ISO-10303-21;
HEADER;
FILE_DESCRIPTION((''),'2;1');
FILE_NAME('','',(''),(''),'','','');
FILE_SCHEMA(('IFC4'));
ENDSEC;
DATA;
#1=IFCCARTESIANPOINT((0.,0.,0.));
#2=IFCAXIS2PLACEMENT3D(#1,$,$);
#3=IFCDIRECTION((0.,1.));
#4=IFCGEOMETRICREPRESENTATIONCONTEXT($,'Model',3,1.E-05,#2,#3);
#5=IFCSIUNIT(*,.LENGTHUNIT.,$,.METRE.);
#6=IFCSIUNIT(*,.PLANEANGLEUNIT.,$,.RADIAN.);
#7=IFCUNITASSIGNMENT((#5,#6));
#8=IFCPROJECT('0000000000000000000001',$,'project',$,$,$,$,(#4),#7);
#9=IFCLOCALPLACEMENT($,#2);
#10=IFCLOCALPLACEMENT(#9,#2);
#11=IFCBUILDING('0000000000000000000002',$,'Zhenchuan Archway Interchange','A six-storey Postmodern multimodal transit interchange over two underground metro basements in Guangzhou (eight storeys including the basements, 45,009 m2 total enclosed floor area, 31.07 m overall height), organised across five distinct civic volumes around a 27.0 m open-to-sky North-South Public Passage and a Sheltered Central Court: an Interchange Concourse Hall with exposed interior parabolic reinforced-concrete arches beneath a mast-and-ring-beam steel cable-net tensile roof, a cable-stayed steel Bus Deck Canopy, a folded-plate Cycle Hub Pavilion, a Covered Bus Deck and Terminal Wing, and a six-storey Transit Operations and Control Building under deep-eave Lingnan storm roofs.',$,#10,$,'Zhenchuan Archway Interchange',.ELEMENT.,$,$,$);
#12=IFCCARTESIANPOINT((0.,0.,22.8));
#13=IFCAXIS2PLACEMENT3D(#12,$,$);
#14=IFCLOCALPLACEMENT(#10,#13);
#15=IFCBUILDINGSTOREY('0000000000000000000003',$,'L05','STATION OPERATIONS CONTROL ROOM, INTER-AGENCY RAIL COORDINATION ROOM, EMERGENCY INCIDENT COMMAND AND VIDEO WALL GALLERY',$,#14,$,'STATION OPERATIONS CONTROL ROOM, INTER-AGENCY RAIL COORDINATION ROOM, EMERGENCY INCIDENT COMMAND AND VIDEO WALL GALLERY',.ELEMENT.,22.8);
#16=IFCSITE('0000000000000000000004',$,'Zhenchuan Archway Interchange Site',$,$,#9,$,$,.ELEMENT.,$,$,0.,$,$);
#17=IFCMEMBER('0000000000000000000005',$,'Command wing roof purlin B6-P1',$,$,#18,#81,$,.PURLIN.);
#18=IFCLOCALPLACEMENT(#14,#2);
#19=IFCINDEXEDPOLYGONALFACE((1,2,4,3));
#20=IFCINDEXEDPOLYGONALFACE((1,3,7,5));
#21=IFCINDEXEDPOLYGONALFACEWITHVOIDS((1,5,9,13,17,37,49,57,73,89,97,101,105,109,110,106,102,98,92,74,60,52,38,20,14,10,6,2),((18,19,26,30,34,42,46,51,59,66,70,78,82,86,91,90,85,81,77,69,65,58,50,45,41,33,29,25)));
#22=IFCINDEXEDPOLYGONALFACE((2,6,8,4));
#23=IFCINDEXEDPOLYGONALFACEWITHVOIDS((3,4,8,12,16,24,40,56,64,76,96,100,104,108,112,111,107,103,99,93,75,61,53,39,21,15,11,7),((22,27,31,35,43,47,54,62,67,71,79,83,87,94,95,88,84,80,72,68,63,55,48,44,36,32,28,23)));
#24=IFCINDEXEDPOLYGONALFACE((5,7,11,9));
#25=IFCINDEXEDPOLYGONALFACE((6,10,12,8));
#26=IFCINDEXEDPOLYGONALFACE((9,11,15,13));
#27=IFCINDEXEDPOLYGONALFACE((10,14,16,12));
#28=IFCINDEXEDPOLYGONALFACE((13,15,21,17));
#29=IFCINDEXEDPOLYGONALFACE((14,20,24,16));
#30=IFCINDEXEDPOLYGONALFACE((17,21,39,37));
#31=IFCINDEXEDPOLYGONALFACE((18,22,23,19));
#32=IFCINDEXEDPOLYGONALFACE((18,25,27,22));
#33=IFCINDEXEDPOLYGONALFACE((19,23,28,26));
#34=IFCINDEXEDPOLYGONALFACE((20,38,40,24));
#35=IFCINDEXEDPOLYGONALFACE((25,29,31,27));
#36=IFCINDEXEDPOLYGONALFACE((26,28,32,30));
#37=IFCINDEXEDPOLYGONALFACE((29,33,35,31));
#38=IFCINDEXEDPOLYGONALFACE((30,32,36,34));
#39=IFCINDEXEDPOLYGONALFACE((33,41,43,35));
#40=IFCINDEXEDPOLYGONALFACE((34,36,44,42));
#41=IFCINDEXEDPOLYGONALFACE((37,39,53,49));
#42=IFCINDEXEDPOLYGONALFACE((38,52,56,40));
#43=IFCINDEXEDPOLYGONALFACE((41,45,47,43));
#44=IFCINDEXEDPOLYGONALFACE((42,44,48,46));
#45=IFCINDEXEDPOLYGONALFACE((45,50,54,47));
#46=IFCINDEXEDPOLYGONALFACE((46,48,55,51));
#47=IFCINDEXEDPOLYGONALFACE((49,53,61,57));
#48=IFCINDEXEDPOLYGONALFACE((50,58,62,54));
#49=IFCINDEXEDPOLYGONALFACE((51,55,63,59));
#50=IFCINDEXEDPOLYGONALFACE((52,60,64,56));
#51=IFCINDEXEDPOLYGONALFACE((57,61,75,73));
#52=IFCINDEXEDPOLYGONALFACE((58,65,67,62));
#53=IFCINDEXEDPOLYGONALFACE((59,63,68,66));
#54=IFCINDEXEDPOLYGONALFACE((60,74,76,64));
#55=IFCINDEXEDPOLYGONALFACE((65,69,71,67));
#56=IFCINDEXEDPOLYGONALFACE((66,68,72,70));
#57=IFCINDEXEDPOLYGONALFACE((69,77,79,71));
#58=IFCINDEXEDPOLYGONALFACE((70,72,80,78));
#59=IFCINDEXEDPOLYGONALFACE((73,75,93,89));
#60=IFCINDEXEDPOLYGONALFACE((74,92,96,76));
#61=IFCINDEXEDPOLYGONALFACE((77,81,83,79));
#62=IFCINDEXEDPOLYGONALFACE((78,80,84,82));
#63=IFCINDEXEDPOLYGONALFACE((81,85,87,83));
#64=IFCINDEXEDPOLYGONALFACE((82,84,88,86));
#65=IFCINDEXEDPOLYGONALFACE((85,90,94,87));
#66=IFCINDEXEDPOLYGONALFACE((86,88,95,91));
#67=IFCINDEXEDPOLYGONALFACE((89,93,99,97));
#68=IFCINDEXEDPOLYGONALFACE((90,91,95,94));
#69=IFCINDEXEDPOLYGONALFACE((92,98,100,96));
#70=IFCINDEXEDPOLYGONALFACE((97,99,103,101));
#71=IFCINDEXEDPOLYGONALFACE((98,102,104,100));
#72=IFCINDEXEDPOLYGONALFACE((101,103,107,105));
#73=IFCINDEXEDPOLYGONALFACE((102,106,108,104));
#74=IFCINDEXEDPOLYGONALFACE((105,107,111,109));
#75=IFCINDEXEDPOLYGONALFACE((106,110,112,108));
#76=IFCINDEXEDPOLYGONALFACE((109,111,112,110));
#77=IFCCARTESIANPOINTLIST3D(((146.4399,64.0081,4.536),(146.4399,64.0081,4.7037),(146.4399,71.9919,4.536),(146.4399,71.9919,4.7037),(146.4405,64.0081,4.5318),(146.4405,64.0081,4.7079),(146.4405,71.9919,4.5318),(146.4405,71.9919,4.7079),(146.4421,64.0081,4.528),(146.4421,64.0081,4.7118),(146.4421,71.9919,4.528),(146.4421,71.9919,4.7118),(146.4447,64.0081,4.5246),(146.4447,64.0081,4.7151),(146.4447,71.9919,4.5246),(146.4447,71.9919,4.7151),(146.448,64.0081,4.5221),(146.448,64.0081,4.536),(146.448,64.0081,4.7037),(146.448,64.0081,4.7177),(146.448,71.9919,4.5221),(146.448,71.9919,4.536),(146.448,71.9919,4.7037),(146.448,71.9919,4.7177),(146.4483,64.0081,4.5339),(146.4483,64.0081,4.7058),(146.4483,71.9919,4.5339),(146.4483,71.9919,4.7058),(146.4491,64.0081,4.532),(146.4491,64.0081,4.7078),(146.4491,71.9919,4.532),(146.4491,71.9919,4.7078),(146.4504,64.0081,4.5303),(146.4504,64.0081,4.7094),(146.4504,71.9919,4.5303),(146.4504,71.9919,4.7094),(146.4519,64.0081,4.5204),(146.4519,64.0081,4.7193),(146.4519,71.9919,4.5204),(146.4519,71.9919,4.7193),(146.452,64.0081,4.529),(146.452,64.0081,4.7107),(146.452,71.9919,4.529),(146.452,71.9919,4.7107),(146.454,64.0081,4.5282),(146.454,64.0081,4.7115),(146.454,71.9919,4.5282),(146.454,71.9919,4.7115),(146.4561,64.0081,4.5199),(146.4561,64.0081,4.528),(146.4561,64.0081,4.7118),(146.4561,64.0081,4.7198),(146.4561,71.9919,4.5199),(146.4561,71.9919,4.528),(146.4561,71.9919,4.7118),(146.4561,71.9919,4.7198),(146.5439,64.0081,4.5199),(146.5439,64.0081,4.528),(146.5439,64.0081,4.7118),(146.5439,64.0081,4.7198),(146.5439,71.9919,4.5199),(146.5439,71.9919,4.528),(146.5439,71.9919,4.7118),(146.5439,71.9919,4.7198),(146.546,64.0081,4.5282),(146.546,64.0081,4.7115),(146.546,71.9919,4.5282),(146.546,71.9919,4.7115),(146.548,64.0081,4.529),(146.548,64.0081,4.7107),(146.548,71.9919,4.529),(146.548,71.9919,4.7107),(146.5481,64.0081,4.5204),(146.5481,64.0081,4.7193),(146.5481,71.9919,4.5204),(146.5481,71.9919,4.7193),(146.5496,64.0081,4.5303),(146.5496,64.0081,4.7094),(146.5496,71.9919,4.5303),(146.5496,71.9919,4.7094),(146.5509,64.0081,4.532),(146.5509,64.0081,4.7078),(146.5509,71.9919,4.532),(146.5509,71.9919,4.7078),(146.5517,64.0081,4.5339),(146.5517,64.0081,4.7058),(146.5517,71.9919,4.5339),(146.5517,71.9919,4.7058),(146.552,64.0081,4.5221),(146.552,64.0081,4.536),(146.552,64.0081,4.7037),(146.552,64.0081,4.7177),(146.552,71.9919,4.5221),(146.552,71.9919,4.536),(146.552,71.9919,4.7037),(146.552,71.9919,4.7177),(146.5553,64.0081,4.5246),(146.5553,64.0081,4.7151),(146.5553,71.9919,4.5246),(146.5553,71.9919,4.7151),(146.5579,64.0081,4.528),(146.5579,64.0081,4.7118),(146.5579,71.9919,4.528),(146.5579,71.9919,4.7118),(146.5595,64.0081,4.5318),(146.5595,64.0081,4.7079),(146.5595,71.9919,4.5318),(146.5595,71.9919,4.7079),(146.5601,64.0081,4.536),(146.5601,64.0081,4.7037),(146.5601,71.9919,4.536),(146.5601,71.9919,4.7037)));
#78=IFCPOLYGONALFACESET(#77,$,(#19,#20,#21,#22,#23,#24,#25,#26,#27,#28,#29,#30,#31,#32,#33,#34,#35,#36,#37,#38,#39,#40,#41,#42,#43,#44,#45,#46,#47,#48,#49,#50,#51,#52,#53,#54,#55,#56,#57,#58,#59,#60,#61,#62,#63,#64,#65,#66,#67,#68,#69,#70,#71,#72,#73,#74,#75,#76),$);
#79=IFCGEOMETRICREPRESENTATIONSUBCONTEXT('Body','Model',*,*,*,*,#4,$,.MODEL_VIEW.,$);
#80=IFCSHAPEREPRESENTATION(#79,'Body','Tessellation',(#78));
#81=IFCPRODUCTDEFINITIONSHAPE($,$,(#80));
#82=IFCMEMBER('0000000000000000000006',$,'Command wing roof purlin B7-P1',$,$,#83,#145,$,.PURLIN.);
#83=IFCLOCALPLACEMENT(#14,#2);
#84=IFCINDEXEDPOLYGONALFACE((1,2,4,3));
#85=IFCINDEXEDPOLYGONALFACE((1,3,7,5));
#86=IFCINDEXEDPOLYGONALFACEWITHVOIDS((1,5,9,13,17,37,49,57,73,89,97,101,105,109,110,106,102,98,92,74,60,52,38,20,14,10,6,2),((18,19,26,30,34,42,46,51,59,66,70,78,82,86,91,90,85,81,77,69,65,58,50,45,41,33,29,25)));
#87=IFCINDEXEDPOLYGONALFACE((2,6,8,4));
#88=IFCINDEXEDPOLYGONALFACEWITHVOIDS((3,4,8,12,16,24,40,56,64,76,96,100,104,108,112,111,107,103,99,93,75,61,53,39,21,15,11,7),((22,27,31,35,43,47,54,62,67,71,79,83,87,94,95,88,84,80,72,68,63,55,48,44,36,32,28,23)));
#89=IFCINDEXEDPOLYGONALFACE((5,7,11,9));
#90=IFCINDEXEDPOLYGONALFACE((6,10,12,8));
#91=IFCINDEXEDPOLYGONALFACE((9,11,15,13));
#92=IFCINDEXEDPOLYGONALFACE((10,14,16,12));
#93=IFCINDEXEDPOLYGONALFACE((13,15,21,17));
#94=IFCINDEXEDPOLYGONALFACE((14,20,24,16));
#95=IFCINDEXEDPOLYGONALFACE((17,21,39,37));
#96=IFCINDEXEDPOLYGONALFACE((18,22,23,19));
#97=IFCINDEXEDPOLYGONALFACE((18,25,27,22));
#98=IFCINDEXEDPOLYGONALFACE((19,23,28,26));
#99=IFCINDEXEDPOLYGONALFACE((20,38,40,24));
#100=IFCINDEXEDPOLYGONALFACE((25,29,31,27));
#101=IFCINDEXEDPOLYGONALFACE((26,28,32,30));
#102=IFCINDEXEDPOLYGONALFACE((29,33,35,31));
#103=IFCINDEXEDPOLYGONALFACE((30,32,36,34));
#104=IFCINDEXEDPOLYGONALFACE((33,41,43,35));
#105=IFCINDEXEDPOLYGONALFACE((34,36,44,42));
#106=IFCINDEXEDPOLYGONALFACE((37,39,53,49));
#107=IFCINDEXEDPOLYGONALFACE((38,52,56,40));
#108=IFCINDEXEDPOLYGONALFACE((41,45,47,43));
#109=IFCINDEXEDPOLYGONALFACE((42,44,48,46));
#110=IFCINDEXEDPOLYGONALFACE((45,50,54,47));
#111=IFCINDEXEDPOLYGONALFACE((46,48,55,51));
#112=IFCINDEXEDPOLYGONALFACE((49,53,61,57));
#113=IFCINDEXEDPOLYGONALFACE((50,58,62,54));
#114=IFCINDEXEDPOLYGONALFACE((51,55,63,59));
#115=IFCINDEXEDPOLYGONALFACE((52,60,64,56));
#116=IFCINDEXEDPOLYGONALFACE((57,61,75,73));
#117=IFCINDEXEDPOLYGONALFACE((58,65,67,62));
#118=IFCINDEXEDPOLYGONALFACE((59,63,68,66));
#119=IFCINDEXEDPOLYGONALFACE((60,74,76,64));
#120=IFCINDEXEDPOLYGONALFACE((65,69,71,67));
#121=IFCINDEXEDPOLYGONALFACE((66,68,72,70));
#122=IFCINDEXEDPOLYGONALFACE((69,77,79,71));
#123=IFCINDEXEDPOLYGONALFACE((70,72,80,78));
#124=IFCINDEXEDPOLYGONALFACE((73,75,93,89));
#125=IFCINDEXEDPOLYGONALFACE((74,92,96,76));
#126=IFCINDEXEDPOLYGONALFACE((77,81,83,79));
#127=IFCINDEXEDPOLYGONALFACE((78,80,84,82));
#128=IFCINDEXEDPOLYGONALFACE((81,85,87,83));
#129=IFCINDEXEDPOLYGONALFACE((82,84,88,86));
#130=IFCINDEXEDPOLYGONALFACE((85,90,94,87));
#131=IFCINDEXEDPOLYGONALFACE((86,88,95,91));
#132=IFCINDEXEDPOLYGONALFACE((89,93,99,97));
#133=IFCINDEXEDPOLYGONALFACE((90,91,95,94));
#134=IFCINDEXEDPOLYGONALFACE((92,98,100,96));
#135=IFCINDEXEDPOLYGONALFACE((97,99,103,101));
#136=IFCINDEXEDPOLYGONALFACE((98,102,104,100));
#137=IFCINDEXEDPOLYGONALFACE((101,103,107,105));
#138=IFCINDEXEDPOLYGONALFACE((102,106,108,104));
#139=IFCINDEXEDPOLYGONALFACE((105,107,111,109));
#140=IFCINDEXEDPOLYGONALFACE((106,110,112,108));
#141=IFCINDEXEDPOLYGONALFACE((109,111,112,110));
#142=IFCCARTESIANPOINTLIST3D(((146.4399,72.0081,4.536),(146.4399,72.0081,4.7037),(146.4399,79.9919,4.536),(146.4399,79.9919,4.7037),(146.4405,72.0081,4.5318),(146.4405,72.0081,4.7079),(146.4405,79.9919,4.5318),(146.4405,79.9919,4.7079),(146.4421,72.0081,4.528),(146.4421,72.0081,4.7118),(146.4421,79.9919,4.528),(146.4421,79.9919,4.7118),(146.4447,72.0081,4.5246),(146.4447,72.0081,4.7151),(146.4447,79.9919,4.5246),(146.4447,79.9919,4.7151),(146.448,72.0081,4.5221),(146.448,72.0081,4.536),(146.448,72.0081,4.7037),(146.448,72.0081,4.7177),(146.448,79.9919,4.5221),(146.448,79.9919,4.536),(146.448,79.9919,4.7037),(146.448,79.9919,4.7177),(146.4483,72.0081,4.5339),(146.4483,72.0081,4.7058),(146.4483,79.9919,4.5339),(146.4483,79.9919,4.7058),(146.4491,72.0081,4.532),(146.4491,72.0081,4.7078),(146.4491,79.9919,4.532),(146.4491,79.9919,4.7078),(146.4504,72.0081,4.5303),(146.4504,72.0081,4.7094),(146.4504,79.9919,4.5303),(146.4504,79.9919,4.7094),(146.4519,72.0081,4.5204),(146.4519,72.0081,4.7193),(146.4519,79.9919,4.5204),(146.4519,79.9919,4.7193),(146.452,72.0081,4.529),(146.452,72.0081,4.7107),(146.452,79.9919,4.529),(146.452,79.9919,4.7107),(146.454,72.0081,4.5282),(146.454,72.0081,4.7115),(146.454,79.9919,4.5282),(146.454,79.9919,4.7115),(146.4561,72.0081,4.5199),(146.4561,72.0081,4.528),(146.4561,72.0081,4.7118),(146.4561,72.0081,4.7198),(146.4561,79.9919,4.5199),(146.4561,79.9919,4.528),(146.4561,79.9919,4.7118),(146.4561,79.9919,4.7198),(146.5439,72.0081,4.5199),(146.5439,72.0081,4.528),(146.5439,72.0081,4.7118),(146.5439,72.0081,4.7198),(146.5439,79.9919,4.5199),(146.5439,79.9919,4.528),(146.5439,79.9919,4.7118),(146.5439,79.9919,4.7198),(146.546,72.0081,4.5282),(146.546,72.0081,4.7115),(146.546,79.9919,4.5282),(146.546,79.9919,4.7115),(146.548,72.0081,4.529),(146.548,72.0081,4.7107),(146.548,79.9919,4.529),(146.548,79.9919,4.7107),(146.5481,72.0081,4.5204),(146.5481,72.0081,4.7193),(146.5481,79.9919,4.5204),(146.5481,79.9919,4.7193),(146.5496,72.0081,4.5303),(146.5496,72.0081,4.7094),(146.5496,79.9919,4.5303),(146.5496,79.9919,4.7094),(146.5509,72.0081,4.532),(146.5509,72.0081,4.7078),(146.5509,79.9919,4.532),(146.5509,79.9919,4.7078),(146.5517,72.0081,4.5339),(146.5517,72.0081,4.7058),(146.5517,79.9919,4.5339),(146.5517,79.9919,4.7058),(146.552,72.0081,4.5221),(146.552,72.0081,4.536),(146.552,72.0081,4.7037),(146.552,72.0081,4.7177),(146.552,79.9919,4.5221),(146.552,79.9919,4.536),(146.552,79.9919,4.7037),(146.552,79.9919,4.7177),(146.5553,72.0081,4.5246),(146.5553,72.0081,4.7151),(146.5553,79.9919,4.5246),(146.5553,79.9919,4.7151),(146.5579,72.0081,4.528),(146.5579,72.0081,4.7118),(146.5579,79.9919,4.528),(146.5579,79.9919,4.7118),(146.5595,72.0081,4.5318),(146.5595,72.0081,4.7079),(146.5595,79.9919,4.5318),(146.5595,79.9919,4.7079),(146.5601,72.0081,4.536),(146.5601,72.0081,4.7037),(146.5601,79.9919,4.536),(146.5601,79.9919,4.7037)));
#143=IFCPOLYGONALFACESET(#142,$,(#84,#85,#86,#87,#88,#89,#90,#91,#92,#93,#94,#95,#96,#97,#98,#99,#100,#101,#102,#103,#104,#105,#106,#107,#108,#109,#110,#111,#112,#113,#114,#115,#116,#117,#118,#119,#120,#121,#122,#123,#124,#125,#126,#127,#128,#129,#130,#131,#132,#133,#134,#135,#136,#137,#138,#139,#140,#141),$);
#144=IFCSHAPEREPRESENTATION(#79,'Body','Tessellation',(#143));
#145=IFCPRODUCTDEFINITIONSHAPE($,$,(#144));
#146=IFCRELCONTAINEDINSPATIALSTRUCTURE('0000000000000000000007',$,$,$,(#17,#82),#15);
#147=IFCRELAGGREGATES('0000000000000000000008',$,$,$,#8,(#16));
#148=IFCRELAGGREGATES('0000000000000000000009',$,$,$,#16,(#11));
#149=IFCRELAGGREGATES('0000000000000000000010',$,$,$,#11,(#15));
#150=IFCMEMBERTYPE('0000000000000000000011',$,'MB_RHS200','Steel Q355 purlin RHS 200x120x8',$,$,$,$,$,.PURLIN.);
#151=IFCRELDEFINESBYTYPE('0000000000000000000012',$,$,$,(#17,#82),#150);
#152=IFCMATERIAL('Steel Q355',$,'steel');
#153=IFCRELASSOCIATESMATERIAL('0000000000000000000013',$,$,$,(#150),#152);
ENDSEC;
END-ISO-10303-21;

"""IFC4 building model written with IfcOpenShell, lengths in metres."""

from ifc_helpers import new_model, si_unit, direction, frame, origin, origin_2d, place, context, subcontext, project, spatial, hollow_rectangle, extrude, material, material_profile, profile_set, type_object, element, save


model = new_model("IFC4")

# Units and contexts
model_context = context("Model", 3, precision=1e-05, world=origin(), true_north=direction((0.0, 1.0)))
body_context = subcontext(model_context, "Body", "Model", "MODEL_VIEW")
ifc_project = project(units=[si_unit("LENGTHUNIT", "METRE"), si_unit("PLANEANGLEUNIT", "RADIAN")], contexts=[model_context])

# Site, building, storey
site_placement = place(None, origin())
site = spatial("IfcSite", under=ifc_project, at=site_placement, Name="Zhenchuan Archway Interchange Site", CompositionType="ELEMENT", RefElevation=0.0)
building_placement = place(site_placement, origin())
building = spatial("IfcBuilding", under=site, at=building_placement, Name="Zhenchuan Archway Interchange", Description="A six-storey Postmodern multimodal transit interchange over two underground metro basements in Guangzhou (eight storeys including the basements, 45,009 m2 total enclosed floor area, 31.07 m overall height), organised across five distinct civic volumes around a 27.0 m open-to-sky North-South Public Passage and a Sheltered Central Court: an Interchange Concourse Hall with exposed interior parabolic reinforced-concrete arches beneath a mast-and-ring-beam steel cable-net tensile roof, a cable-stayed steel Bus Deck Canopy, a folded-plate Cycle Hub Pavilion, a Covered Bus Deck and Terminal Wing, and a six-storey Transit Operations and Control Building under deep-eave Lingnan storm roofs.", LongName="Zhenchuan Archway Interchange", CompositionType="ELEMENT")
storey_placement = place(building_placement, frame((0.0, 0.0, 22.8)))
storey = spatial("IfcBuildingStorey", under=building, at=storey_placement, Name="L05", Description="STATION OPERATIONS CONTROL ROOM, INTER-AGENCY RAIL COORDINATION ROOM, EMERGENCY INCIDENT COMMAND AND VIDEO WALL GALLERY", LongName="STATION OPERATIONS CONTROL ROOM, INTER-AGENCY RAIL COORDINATION ROOM, EMERGENCY INCIDENT COMMAND AND VIDEO WALL GALLERY", CompositionType="ELEMENT", Elevation=22.8)

# Shared definitions
ifc_material_1 = material(Name="Steel Q355", Category="steel")

# Members
ifc_material_profile_1 = material_profile(ifc_material_1, hollow_rectangle(XDim=0.1201, YDim=0.2, WallThickness=0.0081, InnerFilletRadius=0.0081, OuterFilletRadius=0.0161, at=origin_2d()), Name="RHS 200x120x8")
ifc_profile_set_1 = profile_set([ifc_material_profile_1], Name="Steel Q355")
member_type_1 = type_object("IfcMemberType", Name="MB_RHS200", Description="Steel Q355 purlin RHS 200x120x8", PredefinedType="PURLIN", material=ifc_profile_set_1)
for number, where, z_axis, x_axis, name in (
    (1, (146.5, 64.0081, 4.6199), (0.0, 1.0, 0.0), (-1.0, 0.0, 0.0), "Command wing roof purlin B6-P1"),
    (2, (146.5, 72.0081, 4.6199), (0.0, 1.0, 0.0), (-1.0, 0.0, 0.0), "Command wing roof purlin B7-P1"),
):
    element("IfcMember", number, at=place(storey_placement, frame(where, z_axis=z_axis, x_axis=x_axis)), inside=storey, type_object=member_type_1, Name=name, PredefinedType="PURLIN", context=body_context, shape_type="SweptSolid", body=[
        extrude(hollow_rectangle(XDim=0.1201, YDim=0.2, WallThickness=0.0081, InnerFilletRadius=0.0081, OuterFilletRadius=0.0161, at=origin_2d()), origin(), (0.0, 0.0, 1.0), 7.9839),
    ])

save(model, "model.ifc")
